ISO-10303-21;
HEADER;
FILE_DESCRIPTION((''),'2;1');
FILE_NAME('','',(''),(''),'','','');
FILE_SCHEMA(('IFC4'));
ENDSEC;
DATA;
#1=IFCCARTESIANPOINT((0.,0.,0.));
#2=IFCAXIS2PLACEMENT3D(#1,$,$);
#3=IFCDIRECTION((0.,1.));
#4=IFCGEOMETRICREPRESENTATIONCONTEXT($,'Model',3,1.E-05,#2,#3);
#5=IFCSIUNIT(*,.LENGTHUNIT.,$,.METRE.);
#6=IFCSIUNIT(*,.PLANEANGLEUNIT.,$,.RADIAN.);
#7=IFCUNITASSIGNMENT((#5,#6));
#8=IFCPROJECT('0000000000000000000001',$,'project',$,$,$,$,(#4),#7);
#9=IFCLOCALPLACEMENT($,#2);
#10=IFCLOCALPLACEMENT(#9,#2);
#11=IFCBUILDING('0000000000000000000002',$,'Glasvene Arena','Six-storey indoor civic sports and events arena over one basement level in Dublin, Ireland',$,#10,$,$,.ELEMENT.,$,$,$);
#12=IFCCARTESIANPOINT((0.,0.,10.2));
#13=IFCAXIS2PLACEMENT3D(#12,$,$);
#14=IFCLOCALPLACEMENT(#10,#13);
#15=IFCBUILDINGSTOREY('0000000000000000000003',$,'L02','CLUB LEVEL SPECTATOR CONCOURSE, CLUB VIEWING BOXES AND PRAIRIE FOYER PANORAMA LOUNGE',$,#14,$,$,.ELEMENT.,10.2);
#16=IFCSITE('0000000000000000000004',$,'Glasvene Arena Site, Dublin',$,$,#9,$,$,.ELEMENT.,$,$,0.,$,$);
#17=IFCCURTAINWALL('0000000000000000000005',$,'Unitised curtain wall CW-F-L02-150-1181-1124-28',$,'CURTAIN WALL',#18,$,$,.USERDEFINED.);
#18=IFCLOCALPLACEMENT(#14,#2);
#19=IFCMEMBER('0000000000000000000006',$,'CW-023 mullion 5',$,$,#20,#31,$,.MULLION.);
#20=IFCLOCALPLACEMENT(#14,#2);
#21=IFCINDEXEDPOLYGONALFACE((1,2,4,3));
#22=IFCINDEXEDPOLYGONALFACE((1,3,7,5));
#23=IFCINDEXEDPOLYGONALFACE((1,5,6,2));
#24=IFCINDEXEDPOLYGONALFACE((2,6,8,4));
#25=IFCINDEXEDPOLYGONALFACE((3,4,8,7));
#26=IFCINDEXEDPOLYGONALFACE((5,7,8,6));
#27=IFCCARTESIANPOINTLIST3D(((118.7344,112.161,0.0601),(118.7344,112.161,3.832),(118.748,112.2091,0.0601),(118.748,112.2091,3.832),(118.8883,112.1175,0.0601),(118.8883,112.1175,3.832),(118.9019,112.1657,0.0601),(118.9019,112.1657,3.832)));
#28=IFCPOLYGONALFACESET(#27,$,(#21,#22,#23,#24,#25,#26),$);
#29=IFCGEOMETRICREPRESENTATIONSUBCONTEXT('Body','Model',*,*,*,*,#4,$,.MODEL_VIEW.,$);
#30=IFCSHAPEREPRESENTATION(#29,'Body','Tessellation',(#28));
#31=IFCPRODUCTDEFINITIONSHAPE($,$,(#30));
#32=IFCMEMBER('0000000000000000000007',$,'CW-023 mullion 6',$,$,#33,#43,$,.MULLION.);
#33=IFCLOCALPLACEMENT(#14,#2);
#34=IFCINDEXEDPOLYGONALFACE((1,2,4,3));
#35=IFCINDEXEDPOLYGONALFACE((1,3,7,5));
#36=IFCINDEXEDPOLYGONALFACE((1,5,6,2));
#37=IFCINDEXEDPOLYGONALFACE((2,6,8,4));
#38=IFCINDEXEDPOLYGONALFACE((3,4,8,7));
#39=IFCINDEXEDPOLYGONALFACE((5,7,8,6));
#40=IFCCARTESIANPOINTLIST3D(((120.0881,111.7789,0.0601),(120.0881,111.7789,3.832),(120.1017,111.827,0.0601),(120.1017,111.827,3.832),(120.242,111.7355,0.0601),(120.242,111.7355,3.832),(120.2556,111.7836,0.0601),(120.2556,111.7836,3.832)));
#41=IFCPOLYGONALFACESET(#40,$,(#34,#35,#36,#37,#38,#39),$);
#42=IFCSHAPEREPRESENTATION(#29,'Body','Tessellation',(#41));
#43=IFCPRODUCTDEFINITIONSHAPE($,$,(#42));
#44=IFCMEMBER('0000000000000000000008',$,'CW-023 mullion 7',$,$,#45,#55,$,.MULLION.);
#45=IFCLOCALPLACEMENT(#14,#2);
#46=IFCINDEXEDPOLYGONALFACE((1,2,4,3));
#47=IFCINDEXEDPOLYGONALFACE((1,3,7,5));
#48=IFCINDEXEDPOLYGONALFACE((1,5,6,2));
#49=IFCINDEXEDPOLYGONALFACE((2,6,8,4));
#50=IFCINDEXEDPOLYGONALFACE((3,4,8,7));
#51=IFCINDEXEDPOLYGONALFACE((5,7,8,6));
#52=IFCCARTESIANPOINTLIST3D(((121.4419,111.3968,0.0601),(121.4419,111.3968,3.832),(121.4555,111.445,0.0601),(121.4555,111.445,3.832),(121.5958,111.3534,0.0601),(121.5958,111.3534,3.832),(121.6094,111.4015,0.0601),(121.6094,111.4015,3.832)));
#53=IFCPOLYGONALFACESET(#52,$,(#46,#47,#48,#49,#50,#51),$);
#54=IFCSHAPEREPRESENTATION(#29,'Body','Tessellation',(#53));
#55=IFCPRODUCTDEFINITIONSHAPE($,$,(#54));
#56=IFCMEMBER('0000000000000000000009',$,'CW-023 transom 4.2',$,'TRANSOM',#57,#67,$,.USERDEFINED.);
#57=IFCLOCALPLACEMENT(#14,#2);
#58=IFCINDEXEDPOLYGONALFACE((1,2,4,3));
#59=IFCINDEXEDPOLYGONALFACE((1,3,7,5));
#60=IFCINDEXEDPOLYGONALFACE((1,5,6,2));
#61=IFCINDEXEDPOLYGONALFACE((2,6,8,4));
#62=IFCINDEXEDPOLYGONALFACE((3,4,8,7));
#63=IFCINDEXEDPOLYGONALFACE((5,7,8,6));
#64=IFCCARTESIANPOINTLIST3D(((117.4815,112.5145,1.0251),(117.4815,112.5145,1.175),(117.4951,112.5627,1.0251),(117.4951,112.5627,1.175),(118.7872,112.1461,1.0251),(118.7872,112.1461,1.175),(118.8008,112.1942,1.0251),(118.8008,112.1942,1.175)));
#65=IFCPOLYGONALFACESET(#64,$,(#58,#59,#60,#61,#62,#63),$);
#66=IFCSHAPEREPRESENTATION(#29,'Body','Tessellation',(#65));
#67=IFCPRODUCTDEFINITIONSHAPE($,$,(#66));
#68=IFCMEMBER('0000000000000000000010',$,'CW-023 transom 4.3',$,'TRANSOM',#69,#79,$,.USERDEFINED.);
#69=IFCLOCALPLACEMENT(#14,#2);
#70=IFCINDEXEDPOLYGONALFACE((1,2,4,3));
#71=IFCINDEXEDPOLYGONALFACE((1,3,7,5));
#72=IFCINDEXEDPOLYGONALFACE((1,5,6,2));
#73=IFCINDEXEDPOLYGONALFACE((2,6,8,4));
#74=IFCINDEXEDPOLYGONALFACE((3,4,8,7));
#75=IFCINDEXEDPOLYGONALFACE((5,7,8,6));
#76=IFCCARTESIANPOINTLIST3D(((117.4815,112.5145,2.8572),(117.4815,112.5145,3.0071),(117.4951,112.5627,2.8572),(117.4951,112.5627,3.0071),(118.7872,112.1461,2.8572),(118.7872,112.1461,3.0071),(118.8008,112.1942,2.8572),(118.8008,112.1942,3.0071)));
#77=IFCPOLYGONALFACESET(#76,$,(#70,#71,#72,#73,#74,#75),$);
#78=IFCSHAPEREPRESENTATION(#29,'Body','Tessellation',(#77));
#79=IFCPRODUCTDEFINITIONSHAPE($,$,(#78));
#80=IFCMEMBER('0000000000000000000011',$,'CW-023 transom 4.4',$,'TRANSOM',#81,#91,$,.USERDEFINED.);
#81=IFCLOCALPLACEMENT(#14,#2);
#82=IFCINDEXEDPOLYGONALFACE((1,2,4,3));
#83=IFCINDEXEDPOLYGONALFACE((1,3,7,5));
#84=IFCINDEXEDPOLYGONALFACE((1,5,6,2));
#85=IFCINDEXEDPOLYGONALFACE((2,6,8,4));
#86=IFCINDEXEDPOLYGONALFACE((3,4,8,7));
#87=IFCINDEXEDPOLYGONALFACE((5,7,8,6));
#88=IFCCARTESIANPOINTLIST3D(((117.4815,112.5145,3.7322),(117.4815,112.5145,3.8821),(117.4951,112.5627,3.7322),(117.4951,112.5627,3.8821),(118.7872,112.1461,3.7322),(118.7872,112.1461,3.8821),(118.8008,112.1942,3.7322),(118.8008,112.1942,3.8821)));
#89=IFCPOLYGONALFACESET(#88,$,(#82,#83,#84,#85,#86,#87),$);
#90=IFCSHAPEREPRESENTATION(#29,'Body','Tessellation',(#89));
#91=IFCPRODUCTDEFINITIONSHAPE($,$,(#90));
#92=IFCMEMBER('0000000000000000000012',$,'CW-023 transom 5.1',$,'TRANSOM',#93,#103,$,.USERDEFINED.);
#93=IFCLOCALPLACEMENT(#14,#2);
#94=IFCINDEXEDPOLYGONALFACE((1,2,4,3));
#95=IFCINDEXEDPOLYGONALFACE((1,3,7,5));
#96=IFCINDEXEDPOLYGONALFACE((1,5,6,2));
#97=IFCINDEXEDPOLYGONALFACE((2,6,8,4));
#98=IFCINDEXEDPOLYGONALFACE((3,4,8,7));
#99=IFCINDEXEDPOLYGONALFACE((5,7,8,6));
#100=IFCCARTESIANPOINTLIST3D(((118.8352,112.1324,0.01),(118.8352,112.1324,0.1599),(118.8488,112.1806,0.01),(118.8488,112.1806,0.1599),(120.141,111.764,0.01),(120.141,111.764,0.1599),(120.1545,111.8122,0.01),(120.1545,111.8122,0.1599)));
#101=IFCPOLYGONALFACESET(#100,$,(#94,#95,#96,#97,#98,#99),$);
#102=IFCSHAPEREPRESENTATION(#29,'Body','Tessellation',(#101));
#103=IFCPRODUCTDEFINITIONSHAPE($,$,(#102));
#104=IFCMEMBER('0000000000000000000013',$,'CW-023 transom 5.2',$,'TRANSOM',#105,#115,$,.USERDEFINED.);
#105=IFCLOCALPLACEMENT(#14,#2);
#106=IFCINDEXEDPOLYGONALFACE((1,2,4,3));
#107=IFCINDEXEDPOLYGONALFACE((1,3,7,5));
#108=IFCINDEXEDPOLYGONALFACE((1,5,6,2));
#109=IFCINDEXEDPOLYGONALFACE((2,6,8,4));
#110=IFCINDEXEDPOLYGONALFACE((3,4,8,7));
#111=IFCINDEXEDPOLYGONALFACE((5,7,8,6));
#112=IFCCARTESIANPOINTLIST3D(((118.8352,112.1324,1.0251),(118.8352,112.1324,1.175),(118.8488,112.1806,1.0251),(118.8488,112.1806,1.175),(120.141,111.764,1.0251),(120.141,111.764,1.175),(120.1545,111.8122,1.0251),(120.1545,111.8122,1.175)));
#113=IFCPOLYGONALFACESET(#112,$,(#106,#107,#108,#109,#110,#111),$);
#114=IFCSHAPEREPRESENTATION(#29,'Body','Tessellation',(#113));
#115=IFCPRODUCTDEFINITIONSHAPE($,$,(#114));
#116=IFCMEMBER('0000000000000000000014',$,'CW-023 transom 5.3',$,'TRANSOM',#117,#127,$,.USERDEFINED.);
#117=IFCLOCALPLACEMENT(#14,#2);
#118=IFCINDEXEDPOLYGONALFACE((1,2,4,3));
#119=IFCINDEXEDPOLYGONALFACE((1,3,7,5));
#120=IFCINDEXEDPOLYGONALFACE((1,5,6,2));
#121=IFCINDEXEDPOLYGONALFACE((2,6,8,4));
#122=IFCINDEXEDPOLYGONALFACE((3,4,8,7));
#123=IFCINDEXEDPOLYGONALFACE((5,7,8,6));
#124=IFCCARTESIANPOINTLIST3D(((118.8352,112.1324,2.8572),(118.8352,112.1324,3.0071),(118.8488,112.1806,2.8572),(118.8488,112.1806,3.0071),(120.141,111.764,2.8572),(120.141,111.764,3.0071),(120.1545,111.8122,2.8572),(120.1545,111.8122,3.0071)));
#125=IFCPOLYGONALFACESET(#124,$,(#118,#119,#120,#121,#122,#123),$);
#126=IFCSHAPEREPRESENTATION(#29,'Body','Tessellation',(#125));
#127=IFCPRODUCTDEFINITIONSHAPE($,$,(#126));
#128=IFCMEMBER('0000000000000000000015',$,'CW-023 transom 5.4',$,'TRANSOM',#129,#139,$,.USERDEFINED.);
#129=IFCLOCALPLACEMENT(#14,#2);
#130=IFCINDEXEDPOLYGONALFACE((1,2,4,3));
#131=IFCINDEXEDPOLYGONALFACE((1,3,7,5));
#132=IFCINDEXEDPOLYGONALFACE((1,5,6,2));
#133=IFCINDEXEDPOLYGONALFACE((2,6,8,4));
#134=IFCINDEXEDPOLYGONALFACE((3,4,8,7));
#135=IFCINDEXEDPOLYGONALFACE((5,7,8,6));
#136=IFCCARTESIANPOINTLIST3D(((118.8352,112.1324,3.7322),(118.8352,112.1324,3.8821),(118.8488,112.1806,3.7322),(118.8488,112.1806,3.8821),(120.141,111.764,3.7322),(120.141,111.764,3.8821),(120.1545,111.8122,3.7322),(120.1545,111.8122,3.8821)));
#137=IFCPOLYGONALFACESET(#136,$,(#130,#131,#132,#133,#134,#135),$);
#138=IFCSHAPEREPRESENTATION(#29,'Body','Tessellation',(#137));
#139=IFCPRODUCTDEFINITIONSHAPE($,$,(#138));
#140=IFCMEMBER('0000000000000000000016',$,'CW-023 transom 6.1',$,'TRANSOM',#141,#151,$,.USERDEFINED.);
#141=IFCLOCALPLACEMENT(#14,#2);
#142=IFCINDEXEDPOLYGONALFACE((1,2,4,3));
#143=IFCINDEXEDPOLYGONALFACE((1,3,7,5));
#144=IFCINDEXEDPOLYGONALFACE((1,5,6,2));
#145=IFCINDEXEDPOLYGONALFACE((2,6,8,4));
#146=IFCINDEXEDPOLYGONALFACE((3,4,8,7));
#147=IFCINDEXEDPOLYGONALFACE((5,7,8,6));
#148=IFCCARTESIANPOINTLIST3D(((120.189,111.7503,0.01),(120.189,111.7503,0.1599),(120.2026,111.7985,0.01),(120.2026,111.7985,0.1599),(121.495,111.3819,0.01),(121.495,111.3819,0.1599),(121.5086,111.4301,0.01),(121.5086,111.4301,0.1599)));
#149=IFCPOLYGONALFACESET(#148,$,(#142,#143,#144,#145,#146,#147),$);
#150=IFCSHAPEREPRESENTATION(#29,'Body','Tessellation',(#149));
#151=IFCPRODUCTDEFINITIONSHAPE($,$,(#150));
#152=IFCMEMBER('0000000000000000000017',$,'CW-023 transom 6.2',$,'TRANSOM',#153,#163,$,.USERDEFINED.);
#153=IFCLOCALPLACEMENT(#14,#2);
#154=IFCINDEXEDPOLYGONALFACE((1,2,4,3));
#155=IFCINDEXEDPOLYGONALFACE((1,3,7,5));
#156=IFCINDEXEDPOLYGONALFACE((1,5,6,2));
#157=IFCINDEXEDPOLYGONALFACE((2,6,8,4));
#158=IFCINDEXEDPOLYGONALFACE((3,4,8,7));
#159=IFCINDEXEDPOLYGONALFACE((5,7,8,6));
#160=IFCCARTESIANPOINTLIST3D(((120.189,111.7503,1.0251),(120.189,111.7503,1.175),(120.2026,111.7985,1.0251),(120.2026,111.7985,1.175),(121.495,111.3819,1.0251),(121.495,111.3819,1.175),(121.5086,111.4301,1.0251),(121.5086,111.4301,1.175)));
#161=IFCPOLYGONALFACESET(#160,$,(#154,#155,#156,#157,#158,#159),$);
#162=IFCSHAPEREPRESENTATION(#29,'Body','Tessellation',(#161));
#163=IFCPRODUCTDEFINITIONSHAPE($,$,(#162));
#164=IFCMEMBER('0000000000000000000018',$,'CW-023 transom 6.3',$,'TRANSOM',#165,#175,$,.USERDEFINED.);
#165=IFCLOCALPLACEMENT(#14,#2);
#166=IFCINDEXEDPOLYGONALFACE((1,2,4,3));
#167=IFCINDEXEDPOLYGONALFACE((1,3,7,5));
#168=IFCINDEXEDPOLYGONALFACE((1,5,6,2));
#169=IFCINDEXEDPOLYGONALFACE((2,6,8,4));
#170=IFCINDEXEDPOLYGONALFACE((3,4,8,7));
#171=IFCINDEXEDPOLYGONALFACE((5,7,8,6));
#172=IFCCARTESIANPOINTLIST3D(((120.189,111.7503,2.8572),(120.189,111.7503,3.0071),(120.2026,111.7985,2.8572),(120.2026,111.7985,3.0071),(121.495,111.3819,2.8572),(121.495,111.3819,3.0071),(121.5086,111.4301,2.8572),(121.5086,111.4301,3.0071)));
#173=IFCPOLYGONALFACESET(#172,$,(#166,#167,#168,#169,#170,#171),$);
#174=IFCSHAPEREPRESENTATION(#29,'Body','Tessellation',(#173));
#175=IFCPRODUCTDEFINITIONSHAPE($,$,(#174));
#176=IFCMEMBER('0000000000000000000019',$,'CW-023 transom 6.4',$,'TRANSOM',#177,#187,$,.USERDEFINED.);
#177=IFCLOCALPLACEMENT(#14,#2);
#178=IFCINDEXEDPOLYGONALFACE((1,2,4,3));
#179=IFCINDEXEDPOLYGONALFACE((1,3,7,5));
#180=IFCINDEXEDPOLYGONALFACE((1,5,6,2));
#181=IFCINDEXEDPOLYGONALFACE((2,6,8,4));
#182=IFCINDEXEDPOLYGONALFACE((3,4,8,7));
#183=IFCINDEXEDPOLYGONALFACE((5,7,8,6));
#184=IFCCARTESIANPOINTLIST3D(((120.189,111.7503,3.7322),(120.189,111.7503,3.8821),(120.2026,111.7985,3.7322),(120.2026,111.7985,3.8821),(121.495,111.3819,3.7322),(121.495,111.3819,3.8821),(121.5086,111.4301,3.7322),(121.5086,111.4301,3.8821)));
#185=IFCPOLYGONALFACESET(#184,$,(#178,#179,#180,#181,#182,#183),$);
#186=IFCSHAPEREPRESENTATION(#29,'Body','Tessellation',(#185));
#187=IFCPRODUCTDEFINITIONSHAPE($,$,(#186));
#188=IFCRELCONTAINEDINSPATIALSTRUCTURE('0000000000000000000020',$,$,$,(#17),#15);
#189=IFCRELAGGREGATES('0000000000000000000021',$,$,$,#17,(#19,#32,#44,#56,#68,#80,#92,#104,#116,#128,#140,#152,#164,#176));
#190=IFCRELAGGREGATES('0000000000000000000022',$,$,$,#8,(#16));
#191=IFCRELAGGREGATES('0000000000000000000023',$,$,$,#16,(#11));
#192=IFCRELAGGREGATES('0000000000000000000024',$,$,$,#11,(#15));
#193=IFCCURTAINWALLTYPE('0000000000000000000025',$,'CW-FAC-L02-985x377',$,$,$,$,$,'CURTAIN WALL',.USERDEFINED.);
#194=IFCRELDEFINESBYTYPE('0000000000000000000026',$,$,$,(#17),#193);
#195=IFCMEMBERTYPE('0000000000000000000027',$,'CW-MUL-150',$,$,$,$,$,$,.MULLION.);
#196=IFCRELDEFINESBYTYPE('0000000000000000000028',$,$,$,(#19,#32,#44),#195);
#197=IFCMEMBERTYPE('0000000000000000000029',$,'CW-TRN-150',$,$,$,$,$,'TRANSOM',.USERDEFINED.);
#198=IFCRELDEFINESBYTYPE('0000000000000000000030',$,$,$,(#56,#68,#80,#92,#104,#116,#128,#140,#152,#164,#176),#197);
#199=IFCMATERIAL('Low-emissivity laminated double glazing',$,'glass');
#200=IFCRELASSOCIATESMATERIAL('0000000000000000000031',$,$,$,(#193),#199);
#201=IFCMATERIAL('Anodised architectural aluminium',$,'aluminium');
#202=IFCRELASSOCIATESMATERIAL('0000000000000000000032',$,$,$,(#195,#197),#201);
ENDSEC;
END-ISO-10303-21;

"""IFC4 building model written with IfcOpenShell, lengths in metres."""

from ifc_helpers import new_model, si_unit, direction, frame, origin, origin_2d, place, context, subcontext, project, spatial, rectangle, extrude, material, material_profile, profile_set, type_object, element, aggregate, save


model = new_model("IFC4")

# Units and contexts
model_context = context("Model", 3, precision=1e-05, world=origin(), true_north=direction((0.0, 1.0)))
body_context = subcontext(model_context, "Body", "Model", "MODEL_VIEW")
ifc_project = project(units=[si_unit("LENGTHUNIT", "METRE"), si_unit("PLANEANGLEUNIT", "RADIAN")], contexts=[model_context])

# Site, building, storey
site_placement = place(None, origin())
site = spatial("IfcSite", under=ifc_project, at=site_placement, Name="Glasvene Arena Site, Dublin", CompositionType="ELEMENT", RefElevation=0.0)
building_placement = place(site_placement, origin())
building = spatial("IfcBuilding", under=site, at=building_placement, Name="Glasvene Arena", Description="Six-storey indoor civic sports and events arena over one basement level in Dublin, Ireland", CompositionType="ELEMENT")
storey_placement = place(building_placement, frame((0.0, 0.0, 10.2)))
storey = spatial("IfcBuildingStorey", under=building, at=storey_placement, Name="L02", Description="CLUB LEVEL SPECTATOR CONCOURSE, CLUB VIEWING BOXES AND PRAIRIE FOYER PANORAMA LOUNGE", CompositionType="ELEMENT", Elevation=10.2)

# Curtain wall, members
ifc_material_1 = material(Name="Low-emissivity laminated double glazing", Category="glass")
curtain_wall_type = type_object("IfcCurtainWallType", Name="CW-FAC-L02-985x377", ElementType="CURTAIN WALL", PredefinedType="USERDEFINED", material=ifc_material_1)
curtain_wall_placement = place(storey_placement, frame((113.4026, 113.6914, 0.0)))
curtain_wall = element("IfcCurtainWall", 1, at=curtain_wall_placement, inside=storey, type_object=curtain_wall_type, Name="Unitised curtain wall CW-F-L02-150-1181-1124-28", ObjectType="CURTAIN WALL", PredefinedType="USERDEFINED")
ifc_material_2 = material(Name="Anodised architectural aluminium", Category="aluminium")
ifc_material_profile_1 = material_profile(ifc_material_2, rectangle(XDim=0.05, YDim=0.1599, at=origin_2d()), Name="ALU MULLION 50x160")
ifc_profile_set_1 = profile_set([ifc_material_profile_1], Name="Anodised architectural aluminium")
member_type_1 = type_object("IfcMemberType", Name="CW-MUL-150", PredefinedType="MULLION", material=ifc_profile_set_1)
member_1_placement = place(storey_placement, frame((118.8181, 112.1633, 0.0601), z_axis=(0.0, 0.0, 1.0), x_axis=(0.271597, 0.962411, 0.0)))
member_1 = element("IfcMember", 2, at=member_1_placement, type_object=member_type_1, Name="CW-023 mullion 5", PredefinedType="MULLION", context=body_context, shape_type="SweptSolid", body=[
    extrude(rectangle(XDim=0.05, YDim=0.1599, at=origin_2d()), origin(), (0.0, 0.0, 1.0), 3.772),
])
member_2_placement = place(storey_placement, frame((120.1719, 111.7812, 0.0601), z_axis=(0.0, 0.0, 1.0), x_axis=(0.271597, 0.962411, 0.0)))
member_2 = element("IfcMember", 3, at=member_2_placement, type_object=member_type_1, Name="CW-023 mullion 6", PredefinedType="MULLION", context=body_context, shape_type="SweptSolid", body=[
    extrude(rectangle(XDim=0.05, YDim=0.1599, at=origin_2d()), origin(), (0.0, 0.0, 1.0), 3.772),
])
member_3_placement = place(storey_placement, frame((121.5256, 111.3992, 0.0601), z_axis=(0.0, 0.0, 1.0), x_axis=(0.271597, 0.962411, 0.0)))
member_3 = element("IfcMember", 4, at=member_3_placement, type_object=member_type_1, Name="CW-023 mullion 7", PredefinedType="MULLION", context=body_context, shape_type="SweptSolid", body=[
    extrude(rectangle(XDim=0.05, YDim=0.1599, at=origin_2d()), origin(), (0.0, 0.0, 1.0), 3.772),
])
ifc_material_profile_2 = material_profile(ifc_material_2, rectangle(XDim=0.05, YDim=0.1499, at=origin_2d()), Name="ALU TRANSOM 50x150")
ifc_profile_set_2 = profile_set([ifc_material_profile_2], Name="Anodised architectural aluminium")
member_type_2 = type_object("IfcMemberType", Name="CW-TRN-150", ElementType="TRANSOM", PredefinedType="USERDEFINED", material=ifc_profile_set_2)
member_4_placement = place(storey_placement, frame((117.4883, 112.5386, 1.1001), z_axis=(0.962422, -0.271558, 0.0), x_axis=(0.271558, 0.962422, 0.0)))
member_4 = element("IfcMember", 5, at=member_4_placement, type_object=member_type_2, Name="CW-023 transom 4.2", ObjectType="TRANSOM", PredefinedType="USERDEFINED", context=body_context, shape_type="SweptSolid", body=[
    extrude(rectangle(XDim=0.05, YDim=0.1499, at=origin_2d()), origin(), (0.0, 0.0, 1.0), 1.3567),
])
member_5_placement = place(storey_placement, frame((117.4883, 112.5386, 2.9321), z_axis=(0.962422, -0.271558, 0.0), x_axis=(0.271558, 0.962422, 0.0)))
member_5 = element("IfcMember", 6, at=member_5_placement, type_object=member_type_2, Name="CW-023 transom 4.3", ObjectType="TRANSOM", PredefinedType="USERDEFINED", context=body_context, shape_type="SweptSolid", body=[
    extrude(rectangle(XDim=0.05, YDim=0.1499, at=origin_2d()), origin(), (0.0, 0.0, 1.0), 1.3567),
])
member_6_placement = place(storey_placement, frame((117.4883, 112.5386, 3.8071), z_axis=(0.962422, -0.271558, 0.0), x_axis=(0.271558, 0.962422, 0.0)))
member_6 = element("IfcMember", 7, at=member_6_placement, type_object=member_type_2, Name="CW-023 transom 4.4", ObjectType="TRANSOM", PredefinedType="USERDEFINED", context=body_context, shape_type="SweptSolid", body=[
    extrude(rectangle(XDim=0.05, YDim=0.1499, at=origin_2d()), origin(), (0.0, 0.0, 1.0), 1.3567),
])
member_7_placement = place(storey_placement, frame((118.842, 112.1565, 0.085), z_axis=(0.962422, -0.271558, 0.0), x_axis=(0.271558, 0.962422, 0.0)))
member_7 = element("IfcMember", 8, at=member_7_placement, type_object=member_type_2, Name="CW-023 transom 5.1", ObjectType="TRANSOM", PredefinedType="USERDEFINED", context=body_context, shape_type="SweptSolid", body=[
    extrude(rectangle(XDim=0.05, YDim=0.1499, at=origin_2d()), origin(), (0.0, 0.0, 1.0), 1.3567),
])
member_8_placement = place(storey_placement, frame((118.842, 112.1565, 1.1001), z_axis=(0.962422, -0.271558, 0.0), x_axis=(0.271558, 0.962422, 0.0)))
member_8 = element("IfcMember", 9, at=member_8_placement, type_object=member_type_2, Name="CW-023 transom 5.2", ObjectType="TRANSOM", PredefinedType="USERDEFINED", context=body_context, shape_type="SweptSolid", body=[
    extrude(rectangle(XDim=0.05, YDim=0.1499, at=origin_2d()), origin(), (0.0, 0.0, 1.0), 1.3567),
])
member_9_placement = place(storey_placement, frame((118.842, 112.1565, 2.9321), z_axis=(0.962422, -0.271558, 0.0), x_axis=(0.271558, 0.962422, 0.0)))
member_9 = element("IfcMember", 10, at=member_9_placement, type_object=member_type_2, Name="CW-023 transom 5.3", ObjectType="TRANSOM", PredefinedType="USERDEFINED", context=body_context, shape_type="SweptSolid", body=[
    extrude(rectangle(XDim=0.05, YDim=0.1499, at=origin_2d()), origin(), (0.0, 0.0, 1.0), 1.3567),
])
member_10_placement = place(storey_placement, frame((118.842, 112.1565, 3.8071), z_axis=(0.962422, -0.271558, 0.0), x_axis=(0.271558, 0.962422, 0.0)))
member_10 = element("IfcMember", 11, at=member_10_placement, type_object=member_type_2, Name="CW-023 transom 5.4", ObjectType="TRANSOM", PredefinedType="USERDEFINED", context=body_context, shape_type="SweptSolid", body=[
    extrude(rectangle(XDim=0.05, YDim=0.1499, at=origin_2d()), origin(), (0.0, 0.0, 1.0), 1.3567),
])
member_11_placement = place(storey_placement, frame((120.1958, 111.7744, 0.085), z_axis=(0.962435, -0.271511, 0.0), x_axis=(0.271511, 0.962435, 0.0)))
member_11 = element("IfcMember", 12, at=member_11_placement, type_object=member_type_2, Name="CW-023 transom 6.1", ObjectType="TRANSOM", PredefinedType="USERDEFINED", context=body_context, shape_type="SweptSolid", body=[
    extrude(rectangle(XDim=0.05, YDim=0.1499, at=origin_2d()), origin(), (0.0, 0.0, 1.0), 1.3569),
])
member_12_placement = place(storey_placement, frame((120.1958, 111.7744, 1.1001), z_axis=(0.962435, -0.271511, 0.0), x_axis=(0.271511, 0.962435, 0.0)))
member_12 = element("IfcMember", 13, at=member_12_placement, type_object=member_type_2, Name="CW-023 transom 6.2", ObjectType="TRANSOM", PredefinedType="USERDEFINED", context=body_context, shape_type="SweptSolid", body=[
    extrude(rectangle(XDim=0.05, YDim=0.1499, at=origin_2d()), origin(), (0.0, 0.0, 1.0), 1.3569),
])
member_13_placement = place(storey_placement, frame((120.1958, 111.7744, 2.9321), z_axis=(0.962435, -0.271511, 0.0), x_axis=(0.271511, 0.962435, 0.0)))
member_13 = element("IfcMember", 14, at=member_13_placement, type_object=member_type_2, Name="CW-023 transom 6.3", ObjectType="TRANSOM", PredefinedType="USERDEFINED", context=body_context, shape_type="SweptSolid", body=[
    extrude(rectangle(XDim=0.05, YDim=0.1499, at=origin_2d()), origin(), (0.0, 0.0, 1.0), 1.3569),
])
member_14_placement = place(storey_placement, frame((120.1958, 111.7744, 3.8071), z_axis=(0.962435, -0.271511, 0.0), x_axis=(0.271511, 0.962435, 0.0)))
member_14 = element("IfcMember", 15, at=member_14_placement, type_object=member_type_2, Name="CW-023 transom 6.4", ObjectType="TRANSOM", PredefinedType="USERDEFINED", context=body_context, shape_type="SweptSolid", body=[
    extrude(rectangle(XDim=0.05, YDim=0.1499, at=origin_2d()), origin(), (0.0, 0.0, 1.0), 1.3569),
])
aggregate(curtain_wall, [member_1, member_2, member_3, member_4, member_5, member_6, member_7, member_8, member_9, member_10, member_11, member_12, member_13, member_14])

save(model, "model.ifc")
